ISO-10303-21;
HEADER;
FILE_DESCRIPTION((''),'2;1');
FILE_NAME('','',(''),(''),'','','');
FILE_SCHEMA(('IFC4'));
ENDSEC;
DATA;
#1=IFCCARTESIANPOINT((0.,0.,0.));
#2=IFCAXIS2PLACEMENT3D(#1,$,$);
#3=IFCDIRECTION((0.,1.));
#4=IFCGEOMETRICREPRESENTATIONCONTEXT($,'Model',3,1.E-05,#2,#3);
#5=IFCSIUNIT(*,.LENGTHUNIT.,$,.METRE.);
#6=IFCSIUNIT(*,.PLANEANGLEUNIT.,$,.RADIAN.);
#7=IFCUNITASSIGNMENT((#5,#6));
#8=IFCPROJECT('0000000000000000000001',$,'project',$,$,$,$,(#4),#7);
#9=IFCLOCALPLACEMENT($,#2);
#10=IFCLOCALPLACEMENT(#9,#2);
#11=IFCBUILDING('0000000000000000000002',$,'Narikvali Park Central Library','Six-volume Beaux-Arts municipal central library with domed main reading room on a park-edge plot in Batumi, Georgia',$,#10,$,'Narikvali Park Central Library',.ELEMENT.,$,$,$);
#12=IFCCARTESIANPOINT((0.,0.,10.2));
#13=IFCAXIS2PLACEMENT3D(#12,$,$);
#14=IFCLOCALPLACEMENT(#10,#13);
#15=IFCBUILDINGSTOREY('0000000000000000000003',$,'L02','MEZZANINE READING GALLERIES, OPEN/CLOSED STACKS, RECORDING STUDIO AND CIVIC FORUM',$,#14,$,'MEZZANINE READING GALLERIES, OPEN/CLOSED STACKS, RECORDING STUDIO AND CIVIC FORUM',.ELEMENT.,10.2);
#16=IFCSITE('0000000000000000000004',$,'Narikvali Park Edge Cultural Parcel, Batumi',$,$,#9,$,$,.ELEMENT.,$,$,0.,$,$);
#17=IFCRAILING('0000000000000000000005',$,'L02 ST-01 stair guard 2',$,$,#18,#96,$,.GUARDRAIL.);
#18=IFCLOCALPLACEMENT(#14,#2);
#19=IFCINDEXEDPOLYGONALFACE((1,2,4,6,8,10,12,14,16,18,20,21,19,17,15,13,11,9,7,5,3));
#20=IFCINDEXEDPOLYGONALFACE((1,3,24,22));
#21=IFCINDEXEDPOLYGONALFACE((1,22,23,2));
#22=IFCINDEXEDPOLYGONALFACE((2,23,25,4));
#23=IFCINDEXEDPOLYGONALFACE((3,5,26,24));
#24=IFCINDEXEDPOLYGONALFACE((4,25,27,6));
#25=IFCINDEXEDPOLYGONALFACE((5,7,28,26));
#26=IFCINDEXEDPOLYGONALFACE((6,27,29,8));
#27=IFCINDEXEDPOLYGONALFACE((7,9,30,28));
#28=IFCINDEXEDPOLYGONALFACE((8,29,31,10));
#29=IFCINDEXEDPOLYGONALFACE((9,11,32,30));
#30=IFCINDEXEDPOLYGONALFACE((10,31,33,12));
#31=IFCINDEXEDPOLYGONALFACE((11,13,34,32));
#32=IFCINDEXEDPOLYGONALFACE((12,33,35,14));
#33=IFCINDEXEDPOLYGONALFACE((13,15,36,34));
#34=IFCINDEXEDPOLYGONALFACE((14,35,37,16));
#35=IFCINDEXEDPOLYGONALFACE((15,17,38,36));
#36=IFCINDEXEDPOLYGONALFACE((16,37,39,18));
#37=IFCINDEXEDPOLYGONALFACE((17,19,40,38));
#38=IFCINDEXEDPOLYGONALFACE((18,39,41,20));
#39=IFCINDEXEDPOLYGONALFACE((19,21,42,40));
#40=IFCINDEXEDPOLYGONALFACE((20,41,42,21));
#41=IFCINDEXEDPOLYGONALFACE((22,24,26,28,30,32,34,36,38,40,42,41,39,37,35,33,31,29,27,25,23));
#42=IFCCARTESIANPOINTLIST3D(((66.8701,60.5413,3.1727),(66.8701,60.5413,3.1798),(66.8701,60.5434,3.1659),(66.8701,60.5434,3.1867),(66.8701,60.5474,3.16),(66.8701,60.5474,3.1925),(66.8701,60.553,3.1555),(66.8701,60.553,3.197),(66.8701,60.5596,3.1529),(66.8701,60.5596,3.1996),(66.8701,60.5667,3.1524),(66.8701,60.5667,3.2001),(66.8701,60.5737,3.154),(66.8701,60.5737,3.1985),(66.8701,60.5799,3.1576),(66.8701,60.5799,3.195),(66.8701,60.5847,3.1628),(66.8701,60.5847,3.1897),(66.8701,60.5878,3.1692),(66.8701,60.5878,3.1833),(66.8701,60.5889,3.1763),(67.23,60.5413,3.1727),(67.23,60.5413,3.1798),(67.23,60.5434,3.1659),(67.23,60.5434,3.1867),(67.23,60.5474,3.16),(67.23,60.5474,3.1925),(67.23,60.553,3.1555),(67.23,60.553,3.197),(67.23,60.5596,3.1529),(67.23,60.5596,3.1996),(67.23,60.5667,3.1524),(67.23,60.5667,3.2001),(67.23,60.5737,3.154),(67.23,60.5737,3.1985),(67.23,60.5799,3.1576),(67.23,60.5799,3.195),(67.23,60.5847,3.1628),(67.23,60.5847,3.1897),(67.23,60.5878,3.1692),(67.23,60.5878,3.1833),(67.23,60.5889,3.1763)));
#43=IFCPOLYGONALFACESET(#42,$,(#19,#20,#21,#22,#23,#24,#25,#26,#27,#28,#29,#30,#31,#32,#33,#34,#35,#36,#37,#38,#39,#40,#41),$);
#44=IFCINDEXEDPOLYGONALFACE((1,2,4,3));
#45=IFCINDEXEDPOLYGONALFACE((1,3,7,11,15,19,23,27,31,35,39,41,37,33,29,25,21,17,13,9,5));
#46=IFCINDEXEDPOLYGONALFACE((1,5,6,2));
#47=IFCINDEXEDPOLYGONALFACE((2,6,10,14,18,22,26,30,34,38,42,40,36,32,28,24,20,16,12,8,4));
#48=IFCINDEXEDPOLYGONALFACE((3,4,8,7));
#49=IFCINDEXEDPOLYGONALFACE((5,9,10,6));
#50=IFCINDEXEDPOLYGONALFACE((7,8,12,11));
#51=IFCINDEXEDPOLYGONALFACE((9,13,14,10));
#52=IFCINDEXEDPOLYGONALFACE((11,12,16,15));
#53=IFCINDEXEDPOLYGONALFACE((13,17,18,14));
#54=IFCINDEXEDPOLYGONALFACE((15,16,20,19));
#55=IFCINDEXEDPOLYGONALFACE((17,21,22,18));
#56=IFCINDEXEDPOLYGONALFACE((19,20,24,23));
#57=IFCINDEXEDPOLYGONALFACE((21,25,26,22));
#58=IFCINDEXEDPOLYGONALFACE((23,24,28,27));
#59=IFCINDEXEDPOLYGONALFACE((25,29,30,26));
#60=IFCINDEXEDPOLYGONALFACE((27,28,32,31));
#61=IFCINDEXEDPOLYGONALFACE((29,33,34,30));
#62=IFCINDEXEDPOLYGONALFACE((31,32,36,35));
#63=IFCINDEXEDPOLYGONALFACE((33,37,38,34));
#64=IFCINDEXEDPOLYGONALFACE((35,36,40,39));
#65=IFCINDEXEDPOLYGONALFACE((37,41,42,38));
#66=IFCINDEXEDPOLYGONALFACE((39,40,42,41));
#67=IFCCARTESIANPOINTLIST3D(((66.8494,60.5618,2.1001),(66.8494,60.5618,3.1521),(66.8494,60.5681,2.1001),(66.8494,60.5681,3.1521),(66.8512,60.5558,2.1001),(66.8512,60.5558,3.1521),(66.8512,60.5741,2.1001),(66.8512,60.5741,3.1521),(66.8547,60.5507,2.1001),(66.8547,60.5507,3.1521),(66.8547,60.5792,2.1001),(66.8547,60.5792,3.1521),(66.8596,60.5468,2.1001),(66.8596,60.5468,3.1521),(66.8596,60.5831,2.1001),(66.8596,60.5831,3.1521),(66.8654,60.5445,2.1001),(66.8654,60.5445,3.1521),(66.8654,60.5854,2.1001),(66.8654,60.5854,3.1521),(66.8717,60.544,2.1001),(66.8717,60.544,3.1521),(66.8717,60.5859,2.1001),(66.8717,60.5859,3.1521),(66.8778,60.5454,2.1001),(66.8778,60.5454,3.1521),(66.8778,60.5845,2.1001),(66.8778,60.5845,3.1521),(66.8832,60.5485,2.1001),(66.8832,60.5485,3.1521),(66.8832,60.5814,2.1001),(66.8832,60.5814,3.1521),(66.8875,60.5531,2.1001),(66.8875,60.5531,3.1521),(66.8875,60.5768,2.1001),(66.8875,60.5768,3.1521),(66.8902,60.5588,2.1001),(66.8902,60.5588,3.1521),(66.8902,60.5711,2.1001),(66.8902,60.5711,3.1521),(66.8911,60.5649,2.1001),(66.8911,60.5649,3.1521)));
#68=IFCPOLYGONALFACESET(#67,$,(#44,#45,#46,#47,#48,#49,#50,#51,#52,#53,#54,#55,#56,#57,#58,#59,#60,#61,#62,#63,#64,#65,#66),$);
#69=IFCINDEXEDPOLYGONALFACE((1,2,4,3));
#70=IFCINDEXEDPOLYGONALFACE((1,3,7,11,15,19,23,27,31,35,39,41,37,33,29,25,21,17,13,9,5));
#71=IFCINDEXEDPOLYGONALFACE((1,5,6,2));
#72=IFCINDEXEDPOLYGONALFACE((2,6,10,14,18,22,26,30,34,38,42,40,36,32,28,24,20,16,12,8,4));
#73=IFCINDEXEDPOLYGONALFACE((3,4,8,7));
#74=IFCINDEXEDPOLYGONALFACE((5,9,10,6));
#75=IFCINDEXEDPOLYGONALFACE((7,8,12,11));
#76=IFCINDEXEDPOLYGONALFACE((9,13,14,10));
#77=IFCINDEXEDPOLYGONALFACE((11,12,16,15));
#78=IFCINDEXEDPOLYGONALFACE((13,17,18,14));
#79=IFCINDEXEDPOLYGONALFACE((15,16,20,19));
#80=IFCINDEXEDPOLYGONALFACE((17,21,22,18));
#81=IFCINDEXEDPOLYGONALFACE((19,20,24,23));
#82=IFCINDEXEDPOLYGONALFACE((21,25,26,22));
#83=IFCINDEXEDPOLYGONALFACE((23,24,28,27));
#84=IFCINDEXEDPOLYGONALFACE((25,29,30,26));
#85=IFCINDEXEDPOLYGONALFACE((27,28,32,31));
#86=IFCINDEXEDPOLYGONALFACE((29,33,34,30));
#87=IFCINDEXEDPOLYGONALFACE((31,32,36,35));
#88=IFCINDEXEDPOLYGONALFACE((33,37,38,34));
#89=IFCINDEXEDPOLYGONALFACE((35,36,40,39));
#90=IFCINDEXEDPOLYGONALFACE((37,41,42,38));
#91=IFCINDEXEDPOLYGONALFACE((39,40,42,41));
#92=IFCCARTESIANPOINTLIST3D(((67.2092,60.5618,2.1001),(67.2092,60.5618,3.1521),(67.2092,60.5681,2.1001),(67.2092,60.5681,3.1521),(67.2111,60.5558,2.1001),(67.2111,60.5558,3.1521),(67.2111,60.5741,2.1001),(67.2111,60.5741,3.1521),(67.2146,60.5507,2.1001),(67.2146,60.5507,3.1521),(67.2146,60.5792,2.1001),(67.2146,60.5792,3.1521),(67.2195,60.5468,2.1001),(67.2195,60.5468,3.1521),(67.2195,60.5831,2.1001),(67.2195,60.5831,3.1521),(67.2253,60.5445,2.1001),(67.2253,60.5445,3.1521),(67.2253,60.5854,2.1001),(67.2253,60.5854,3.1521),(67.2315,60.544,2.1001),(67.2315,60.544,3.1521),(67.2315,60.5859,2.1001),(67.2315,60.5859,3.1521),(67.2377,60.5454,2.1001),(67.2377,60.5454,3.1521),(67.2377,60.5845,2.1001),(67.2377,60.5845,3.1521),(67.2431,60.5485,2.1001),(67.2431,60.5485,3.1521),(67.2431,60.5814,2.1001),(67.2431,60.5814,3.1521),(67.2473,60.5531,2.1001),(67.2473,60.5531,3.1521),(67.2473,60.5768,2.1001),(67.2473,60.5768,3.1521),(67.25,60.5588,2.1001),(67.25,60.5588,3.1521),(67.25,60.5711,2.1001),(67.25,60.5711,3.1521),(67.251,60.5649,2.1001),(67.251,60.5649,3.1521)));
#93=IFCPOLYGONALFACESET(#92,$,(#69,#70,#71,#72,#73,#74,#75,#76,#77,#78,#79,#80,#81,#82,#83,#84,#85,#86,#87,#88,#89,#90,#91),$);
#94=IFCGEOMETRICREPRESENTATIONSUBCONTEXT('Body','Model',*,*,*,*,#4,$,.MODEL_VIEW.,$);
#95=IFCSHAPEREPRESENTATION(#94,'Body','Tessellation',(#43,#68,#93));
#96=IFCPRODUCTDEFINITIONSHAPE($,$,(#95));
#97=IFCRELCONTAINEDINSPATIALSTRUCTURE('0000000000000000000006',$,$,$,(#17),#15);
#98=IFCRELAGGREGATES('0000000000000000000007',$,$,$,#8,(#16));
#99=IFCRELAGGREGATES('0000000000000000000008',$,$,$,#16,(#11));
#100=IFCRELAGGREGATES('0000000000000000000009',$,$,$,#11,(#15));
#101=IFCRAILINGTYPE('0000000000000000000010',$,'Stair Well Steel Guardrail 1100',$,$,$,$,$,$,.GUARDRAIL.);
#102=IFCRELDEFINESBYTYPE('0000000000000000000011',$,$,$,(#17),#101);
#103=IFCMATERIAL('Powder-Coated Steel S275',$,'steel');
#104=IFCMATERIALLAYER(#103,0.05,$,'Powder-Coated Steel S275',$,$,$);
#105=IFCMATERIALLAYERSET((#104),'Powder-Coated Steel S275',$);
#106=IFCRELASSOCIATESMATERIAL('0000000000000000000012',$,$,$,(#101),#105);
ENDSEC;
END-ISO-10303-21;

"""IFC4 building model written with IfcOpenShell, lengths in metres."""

from ifc_helpers import new_model, si_unit, direction, frame, origin, origin_2d, place, context, subcontext, project, spatial, circle, extrude, material, layer, layer_set, type_object, element, save


model = new_model("IFC4")

# Units and contexts
model_context = context("Model", 3, precision=1e-05, world=origin(), true_north=direction((0.0, 1.0)))
body_context = subcontext(model_context, "Body", "Model", "MODEL_VIEW")
ifc_project = project(units=[si_unit("LENGTHUNIT", "METRE"), si_unit("PLANEANGLEUNIT", "RADIAN")], contexts=[model_context])

# Site, building, storey
site_placement = place(None, origin())
site = spatial("IfcSite", under=ifc_project, at=site_placement, Name="Narikvali Park Edge Cultural Parcel, Batumi", CompositionType="ELEMENT", RefElevation=0.0)
building_placement = place(site_placement, origin())
building = spatial("IfcBuilding", under=site, at=building_placement, Name="Narikvali Park Central Library", Description="Six-volume Beaux-Arts municipal central library with domed main reading room on a park-edge plot in Batumi, Georgia", LongName="Narikvali Park Central Library", CompositionType="ELEMENT")
storey_placement = place(building_placement, frame((0.0, 0.0, 10.2)))
storey = spatial("IfcBuildingStorey", under=building, at=storey_placement, Name="L02", Description="MEZZANINE READING GALLERIES, OPEN/CLOSED STACKS, RECORDING STUDIO AND CIVIC FORUM", LongName="MEZZANINE READING GALLERIES, OPEN/CLOSED STACKS, RECORDING STUDIO AND CIVIC FORUM", CompositionType="ELEMENT", Elevation=10.2)

# Railing
ifc_material_1 = material(Name="Powder-Coated Steel S275", Category="steel")
ifc_layer_1 = layer(ifc_material_1, 0.05, Name="Powder-Coated Steel S275")
ifc_layer_set_1 = layer_set([ifc_layer_1], Name="Powder-Coated Steel S275")
railing_type_1 = type_object("IfcRailingType", Name="Stair Well Steel Guardrail 1100", PredefinedType="GUARDRAIL", material=ifc_layer_set_1)
railing_1_placement = place(storey_placement, frame((66.8701, 60.5649, 2.1001)))
element("IfcRailing", 1, at=railing_1_placement, inside=storey, type_object=railing_type_1, Name="L02 ST-01 stair guard 2", PredefinedType="GUARDRAIL", context=body_context, shape_type="SweptSolid", body=[
    extrude(circle(Radius=0.0239, at=origin_2d()), frame((0.0, 0.0, 1.0762), z_axis=(1.0, 0.0, 0.0), x_axis=(0.0, 1.0, 0.0)), (0.0, 0.0, 1.0), 0.3599),
    extrude(circle(Radius=0.021, at=origin_2d()), origin(), (0.0, 0.0, 1.0), 1.052),
    extrude(circle(Radius=0.021, at=origin_2d()), frame((0.3599, 0.0, 0.0)), (0.0, 0.0, 1.0), 1.052),
])

save(model, "model.ifc")
